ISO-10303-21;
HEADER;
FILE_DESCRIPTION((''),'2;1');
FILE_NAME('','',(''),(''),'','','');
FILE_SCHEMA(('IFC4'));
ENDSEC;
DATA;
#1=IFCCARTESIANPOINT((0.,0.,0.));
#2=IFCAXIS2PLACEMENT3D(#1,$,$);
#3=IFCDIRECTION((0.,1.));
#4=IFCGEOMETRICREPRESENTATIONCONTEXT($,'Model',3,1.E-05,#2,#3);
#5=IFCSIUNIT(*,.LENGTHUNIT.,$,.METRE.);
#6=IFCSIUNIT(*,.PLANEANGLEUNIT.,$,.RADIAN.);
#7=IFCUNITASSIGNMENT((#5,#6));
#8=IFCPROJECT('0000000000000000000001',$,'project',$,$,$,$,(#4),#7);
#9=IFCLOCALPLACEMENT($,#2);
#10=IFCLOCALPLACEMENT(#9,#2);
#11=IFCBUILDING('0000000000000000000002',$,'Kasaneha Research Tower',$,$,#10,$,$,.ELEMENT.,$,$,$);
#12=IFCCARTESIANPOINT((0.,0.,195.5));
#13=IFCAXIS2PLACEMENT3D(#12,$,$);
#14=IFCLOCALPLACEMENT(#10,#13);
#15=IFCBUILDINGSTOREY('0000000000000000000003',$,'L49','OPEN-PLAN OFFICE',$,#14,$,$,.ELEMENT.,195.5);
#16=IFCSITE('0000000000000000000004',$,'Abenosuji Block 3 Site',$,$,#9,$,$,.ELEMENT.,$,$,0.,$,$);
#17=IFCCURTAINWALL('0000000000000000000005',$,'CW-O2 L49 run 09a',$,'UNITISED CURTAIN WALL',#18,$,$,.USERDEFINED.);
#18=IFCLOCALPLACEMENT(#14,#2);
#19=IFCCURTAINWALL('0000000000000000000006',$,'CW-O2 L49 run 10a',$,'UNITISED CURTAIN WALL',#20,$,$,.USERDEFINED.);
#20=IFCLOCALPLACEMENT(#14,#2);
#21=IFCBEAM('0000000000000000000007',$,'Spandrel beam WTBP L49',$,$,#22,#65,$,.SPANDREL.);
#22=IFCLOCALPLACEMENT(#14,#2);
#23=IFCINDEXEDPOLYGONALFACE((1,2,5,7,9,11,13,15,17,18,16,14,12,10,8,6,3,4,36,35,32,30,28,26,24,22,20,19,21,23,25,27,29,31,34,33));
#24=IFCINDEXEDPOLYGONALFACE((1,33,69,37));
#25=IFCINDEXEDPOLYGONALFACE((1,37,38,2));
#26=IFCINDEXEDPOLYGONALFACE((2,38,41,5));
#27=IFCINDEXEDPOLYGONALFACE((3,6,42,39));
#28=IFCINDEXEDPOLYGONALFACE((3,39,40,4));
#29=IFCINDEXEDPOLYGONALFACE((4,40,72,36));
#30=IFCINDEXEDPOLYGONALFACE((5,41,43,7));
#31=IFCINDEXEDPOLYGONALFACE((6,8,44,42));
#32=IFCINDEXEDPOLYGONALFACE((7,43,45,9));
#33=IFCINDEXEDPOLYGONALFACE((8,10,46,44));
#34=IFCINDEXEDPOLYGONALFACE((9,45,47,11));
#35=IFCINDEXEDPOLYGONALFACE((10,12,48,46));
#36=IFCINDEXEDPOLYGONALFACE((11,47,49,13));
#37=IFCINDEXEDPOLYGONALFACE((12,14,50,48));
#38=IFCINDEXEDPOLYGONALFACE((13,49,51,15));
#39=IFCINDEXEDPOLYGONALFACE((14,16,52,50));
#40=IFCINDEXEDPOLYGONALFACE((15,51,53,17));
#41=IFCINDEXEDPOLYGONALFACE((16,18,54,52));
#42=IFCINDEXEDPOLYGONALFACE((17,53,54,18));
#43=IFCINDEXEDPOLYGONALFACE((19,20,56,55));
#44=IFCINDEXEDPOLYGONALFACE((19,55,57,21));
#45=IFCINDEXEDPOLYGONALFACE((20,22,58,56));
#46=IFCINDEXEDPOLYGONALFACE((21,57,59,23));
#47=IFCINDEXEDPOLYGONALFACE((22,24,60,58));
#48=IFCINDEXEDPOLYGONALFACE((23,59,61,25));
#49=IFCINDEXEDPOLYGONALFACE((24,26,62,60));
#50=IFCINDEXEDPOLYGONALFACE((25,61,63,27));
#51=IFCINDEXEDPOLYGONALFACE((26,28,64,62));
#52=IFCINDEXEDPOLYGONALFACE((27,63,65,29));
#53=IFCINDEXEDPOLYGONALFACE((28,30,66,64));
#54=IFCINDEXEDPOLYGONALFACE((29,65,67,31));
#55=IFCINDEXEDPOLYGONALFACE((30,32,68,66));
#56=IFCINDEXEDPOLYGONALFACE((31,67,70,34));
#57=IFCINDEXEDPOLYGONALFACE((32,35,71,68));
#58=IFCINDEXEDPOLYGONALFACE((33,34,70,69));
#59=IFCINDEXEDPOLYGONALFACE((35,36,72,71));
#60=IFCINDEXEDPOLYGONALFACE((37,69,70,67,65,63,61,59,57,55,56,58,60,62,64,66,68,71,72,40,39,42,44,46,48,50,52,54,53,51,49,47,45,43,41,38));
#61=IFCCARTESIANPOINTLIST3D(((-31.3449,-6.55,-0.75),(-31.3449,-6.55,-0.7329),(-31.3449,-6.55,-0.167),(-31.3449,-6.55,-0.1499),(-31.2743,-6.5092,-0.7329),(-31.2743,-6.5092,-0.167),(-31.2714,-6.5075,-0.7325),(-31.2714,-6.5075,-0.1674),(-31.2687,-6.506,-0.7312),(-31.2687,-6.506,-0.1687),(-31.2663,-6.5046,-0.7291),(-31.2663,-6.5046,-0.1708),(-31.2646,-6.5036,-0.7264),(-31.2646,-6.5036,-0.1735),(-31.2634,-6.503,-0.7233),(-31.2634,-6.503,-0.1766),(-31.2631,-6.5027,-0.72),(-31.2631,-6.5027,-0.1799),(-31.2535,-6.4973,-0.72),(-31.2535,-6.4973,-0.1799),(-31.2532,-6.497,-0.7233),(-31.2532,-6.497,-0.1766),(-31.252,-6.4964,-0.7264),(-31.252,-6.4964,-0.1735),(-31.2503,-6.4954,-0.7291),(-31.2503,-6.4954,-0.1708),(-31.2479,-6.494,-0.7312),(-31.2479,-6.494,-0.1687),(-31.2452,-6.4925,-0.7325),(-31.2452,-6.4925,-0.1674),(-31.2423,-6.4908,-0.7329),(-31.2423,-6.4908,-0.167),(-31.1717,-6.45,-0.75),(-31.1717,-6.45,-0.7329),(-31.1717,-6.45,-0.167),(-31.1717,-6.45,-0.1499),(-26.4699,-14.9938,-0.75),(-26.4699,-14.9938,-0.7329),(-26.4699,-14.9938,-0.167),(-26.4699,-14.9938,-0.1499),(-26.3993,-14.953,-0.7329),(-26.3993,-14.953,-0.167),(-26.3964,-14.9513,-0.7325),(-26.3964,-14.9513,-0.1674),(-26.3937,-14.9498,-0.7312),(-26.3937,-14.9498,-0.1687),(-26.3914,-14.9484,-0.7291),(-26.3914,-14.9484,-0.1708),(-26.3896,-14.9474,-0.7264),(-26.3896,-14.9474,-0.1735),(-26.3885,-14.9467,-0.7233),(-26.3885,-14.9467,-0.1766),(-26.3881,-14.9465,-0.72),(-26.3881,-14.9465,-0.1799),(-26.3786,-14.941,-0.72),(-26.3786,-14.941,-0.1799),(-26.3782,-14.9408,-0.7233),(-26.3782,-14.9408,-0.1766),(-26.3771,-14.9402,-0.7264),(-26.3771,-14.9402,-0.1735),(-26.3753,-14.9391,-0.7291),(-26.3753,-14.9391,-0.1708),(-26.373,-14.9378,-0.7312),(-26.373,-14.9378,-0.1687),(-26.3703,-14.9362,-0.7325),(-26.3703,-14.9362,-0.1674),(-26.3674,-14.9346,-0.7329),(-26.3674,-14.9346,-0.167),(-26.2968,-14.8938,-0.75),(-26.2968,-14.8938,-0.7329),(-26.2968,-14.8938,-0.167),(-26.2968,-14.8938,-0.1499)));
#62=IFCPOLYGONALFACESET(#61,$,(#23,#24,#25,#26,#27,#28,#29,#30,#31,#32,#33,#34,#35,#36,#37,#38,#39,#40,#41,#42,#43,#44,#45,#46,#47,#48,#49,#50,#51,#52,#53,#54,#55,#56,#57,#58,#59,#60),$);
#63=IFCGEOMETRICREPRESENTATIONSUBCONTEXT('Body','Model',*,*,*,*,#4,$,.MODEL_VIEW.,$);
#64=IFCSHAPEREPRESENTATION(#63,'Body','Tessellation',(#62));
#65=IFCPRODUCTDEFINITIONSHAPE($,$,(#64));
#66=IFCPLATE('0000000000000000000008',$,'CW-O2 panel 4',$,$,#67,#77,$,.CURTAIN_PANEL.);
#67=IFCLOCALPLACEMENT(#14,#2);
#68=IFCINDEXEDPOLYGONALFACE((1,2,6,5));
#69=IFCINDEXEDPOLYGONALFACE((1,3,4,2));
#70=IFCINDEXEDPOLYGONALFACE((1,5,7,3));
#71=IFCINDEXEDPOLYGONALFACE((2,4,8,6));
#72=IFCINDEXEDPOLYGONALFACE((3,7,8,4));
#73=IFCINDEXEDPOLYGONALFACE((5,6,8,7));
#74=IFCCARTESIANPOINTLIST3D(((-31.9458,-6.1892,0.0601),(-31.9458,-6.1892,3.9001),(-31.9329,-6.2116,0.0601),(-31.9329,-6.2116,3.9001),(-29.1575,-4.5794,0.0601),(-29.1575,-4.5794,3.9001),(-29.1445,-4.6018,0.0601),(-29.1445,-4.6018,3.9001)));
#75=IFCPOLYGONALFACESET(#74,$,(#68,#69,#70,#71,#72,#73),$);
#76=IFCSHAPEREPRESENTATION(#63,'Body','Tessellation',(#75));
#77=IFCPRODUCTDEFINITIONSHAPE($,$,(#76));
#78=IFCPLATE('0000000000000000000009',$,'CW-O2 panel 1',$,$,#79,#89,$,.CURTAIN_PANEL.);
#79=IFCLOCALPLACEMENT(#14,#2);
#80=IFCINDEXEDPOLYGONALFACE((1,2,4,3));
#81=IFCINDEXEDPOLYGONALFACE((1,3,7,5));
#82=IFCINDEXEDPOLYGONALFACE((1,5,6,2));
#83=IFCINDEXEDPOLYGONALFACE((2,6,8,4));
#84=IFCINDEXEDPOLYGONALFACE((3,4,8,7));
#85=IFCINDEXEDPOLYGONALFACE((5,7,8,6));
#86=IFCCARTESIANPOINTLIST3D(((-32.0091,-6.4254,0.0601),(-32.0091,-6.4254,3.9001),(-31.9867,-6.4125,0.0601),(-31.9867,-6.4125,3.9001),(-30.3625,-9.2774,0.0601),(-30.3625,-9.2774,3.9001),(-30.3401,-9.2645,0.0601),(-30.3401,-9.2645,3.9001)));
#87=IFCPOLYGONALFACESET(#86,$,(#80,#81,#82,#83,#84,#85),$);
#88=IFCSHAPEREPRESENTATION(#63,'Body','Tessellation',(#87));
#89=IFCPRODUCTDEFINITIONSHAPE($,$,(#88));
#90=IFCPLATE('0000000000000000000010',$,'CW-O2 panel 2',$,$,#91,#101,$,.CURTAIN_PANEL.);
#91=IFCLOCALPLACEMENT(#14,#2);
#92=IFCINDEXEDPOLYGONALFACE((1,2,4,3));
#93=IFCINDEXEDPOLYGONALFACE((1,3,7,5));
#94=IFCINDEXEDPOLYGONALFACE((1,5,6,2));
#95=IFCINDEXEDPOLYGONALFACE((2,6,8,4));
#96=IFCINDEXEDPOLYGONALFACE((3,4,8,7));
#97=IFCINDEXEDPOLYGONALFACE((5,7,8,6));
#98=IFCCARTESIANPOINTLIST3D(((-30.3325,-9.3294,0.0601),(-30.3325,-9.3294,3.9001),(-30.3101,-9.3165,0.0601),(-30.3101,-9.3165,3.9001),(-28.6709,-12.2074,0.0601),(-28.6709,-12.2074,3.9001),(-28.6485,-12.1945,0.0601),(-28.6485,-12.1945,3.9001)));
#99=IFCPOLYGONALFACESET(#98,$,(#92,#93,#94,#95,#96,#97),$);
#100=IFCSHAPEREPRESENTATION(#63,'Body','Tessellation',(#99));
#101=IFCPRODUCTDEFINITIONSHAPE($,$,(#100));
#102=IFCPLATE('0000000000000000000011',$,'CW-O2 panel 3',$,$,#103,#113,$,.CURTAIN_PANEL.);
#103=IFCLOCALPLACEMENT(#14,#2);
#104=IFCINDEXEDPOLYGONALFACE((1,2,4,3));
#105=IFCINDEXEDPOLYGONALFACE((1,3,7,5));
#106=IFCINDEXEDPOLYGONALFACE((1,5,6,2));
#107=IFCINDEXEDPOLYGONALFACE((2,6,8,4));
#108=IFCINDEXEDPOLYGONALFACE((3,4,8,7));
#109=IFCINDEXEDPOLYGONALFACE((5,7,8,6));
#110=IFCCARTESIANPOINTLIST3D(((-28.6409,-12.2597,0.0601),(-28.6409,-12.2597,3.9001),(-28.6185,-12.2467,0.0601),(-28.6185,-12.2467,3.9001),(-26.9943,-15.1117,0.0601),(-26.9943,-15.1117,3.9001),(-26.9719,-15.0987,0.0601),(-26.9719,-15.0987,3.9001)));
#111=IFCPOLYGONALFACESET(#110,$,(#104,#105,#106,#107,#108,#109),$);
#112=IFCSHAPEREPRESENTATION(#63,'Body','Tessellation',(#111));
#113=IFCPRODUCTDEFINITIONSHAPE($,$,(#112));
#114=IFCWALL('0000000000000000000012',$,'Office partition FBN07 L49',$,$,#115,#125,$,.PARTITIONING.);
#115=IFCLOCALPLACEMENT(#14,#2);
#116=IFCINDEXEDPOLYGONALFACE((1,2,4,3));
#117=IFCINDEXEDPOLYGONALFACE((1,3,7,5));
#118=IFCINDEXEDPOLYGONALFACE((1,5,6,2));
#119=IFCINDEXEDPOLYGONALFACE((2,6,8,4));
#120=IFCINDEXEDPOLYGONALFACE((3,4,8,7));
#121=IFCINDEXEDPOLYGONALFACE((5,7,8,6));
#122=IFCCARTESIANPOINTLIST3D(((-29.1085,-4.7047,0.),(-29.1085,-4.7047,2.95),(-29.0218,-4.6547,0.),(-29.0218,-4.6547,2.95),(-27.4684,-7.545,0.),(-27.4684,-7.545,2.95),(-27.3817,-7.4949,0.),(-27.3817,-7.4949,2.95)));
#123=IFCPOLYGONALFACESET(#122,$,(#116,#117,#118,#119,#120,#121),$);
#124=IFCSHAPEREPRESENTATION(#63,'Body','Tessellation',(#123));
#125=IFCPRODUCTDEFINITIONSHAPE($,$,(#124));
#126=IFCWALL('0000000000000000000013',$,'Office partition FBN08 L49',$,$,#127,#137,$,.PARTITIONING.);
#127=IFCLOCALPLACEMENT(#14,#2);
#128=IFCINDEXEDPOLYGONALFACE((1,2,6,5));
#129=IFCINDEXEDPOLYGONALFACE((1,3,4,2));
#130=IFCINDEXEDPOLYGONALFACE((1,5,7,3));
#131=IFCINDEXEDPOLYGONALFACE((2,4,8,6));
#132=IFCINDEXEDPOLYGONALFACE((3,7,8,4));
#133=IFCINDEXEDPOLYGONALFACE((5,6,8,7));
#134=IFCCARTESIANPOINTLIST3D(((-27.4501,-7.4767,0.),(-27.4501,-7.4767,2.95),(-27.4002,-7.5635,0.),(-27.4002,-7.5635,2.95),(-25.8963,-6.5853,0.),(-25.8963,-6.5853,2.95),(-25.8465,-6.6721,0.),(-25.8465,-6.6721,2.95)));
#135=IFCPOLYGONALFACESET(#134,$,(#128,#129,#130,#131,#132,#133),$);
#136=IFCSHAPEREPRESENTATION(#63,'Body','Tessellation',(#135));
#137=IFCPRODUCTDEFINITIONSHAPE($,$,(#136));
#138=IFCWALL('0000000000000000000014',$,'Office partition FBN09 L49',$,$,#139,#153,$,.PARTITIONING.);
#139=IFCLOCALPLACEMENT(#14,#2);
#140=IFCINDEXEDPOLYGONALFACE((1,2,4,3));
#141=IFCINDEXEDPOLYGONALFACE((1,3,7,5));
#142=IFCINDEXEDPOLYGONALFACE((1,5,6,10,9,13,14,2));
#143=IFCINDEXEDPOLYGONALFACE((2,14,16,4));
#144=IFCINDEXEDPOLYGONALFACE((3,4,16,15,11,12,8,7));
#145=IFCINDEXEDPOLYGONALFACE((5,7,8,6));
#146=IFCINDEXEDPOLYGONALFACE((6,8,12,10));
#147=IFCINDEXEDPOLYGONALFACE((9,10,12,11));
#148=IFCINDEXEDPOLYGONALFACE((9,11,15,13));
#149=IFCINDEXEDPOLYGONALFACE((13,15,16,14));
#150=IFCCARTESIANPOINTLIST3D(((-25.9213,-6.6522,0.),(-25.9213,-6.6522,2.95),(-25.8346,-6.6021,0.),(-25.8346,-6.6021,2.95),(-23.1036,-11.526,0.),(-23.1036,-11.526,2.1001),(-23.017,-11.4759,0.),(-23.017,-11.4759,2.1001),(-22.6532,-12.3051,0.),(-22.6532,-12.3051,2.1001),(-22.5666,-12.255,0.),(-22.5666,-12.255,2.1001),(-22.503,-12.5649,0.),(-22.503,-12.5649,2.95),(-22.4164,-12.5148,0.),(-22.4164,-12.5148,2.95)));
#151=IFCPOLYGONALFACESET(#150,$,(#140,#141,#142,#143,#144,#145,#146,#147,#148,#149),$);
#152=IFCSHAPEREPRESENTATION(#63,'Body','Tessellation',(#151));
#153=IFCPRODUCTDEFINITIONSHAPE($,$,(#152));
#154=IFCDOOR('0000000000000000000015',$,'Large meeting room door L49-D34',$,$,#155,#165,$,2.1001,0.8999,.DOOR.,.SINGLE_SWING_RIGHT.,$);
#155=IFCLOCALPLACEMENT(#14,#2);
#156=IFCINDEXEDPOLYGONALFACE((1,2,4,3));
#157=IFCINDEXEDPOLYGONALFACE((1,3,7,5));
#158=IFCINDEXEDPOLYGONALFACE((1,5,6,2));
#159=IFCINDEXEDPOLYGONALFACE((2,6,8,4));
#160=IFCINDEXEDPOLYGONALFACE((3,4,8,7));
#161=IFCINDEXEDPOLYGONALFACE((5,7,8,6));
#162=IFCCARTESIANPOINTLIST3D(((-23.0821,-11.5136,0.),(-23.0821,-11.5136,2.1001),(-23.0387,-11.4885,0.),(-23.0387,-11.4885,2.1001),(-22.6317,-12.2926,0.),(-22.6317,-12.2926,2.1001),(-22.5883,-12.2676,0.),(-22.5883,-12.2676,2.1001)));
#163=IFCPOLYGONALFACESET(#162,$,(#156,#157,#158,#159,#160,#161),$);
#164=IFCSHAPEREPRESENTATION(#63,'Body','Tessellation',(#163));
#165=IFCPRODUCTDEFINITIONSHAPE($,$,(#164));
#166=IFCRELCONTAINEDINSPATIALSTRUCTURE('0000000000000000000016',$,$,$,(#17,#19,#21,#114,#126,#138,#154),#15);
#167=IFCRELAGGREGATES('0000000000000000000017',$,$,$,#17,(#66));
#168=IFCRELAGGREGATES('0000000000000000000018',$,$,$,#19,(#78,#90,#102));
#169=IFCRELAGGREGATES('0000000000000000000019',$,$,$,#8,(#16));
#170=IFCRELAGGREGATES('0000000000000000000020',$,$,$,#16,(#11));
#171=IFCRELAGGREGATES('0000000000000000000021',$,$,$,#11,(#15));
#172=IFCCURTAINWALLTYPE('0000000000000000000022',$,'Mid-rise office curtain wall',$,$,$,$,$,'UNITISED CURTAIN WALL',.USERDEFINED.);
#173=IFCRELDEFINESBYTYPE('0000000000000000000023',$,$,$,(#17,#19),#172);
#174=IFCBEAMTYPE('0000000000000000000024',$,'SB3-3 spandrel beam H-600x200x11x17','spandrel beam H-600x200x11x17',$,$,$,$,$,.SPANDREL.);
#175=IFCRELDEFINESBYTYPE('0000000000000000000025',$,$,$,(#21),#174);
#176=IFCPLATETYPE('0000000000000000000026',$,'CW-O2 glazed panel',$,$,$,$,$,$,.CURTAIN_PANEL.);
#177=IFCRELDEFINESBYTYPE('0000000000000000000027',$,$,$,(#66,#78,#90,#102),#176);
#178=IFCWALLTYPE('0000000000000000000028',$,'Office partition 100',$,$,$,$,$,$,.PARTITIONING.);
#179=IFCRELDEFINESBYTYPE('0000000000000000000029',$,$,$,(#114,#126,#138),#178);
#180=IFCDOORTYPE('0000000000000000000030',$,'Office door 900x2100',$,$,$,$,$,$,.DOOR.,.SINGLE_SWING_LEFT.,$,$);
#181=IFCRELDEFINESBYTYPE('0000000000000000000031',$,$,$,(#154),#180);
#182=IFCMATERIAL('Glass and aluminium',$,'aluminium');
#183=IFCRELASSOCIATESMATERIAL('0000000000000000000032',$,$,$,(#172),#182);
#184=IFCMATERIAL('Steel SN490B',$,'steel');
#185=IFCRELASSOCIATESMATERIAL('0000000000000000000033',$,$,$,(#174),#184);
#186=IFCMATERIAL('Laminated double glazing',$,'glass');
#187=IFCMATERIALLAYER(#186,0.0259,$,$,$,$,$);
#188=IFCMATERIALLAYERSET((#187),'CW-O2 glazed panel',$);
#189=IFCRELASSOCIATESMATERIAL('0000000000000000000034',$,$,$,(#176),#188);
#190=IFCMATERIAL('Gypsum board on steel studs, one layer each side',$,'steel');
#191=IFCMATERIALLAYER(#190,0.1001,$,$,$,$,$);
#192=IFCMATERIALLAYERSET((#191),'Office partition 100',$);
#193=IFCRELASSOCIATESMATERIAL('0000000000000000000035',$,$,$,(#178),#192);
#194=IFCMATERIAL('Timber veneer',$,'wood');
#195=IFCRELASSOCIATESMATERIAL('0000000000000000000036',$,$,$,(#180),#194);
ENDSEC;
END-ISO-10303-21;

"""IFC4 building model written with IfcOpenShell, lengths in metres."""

from ifc_helpers import new_model, si_unit, direction, frame, frame_2d, origin, origin_2d, place, context, subcontext, project, spatial, rectangle, i_section, extrude, material, layer, layer_set, material_profile, profile_set, type_object, element, fill, aggregate, save


model = new_model("IFC4")

# Units and contexts
model_context = context("Model", 3, precision=1e-05, world=origin(), true_north=direction((0.0, 1.0)))
body_context = subcontext(model_context, "Body", "Model", "MODEL_VIEW")
ifc_project = project(units=[si_unit("LENGTHUNIT", "METRE"), si_unit("PLANEANGLEUNIT", "RADIAN")], contexts=[model_context])

# Site, building, storey
site_placement = place(None, origin())
site = spatial("IfcSite", under=ifc_project, at=site_placement, Name="Abenosuji Block 3 Site", CompositionType="ELEMENT", RefElevation=0.0)
building_placement = place(site_placement, origin())
building = spatial("IfcBuilding", under=site, at=building_placement, Name="Kasaneha Research Tower", CompositionType="ELEMENT")
storey_placement = place(building_placement, frame((0.0, 0.0, 195.5)))
storey = spatial("IfcBuildingStorey", under=building, at=storey_placement, Name="L49", Description="OPEN-PLAN OFFICE", CompositionType="ELEMENT", Elevation=195.5)

# Curtain walls
ifc_material_1 = material(Name="Glass and aluminium", Category="aluminium")
curtain_wall_type = type_object("IfcCurtainWallType", Name="Mid-rise office curtain wall", ElementType="UNITISED CURTAIN WALL", PredefinedType="USERDEFINED", material=ifc_material_1)
curtain_wall_1_placement = place(storey_placement, origin())
curtain_wall_1 = element("IfcCurtainWall", 1, at=curtain_wall_1_placement, inside=storey, type_object=curtain_wall_type, Name="CW-O2 L49 run 09a", ObjectType="UNITISED CURTAIN WALL", PredefinedType="USERDEFINED")
curtain_wall_2_placement = place(storey_placement, origin())
curtain_wall_2 = element("IfcCurtainWall", 2, at=curtain_wall_2_placement, inside=storey, type_object=curtain_wall_type, Name="CW-O2 L49 run 10a", ObjectType="UNITISED CURTAIN WALL", PredefinedType="USERDEFINED")

# Beam
ifc_material_2 = material(Name="Steel SN490B", Category="steel")
ifc_material_profile_1 = material_profile(ifc_material_2, i_section(OverallWidth=0.2, OverallDepth=0.6001, WebThickness=0.011, FlangeThickness=0.0171, FilletRadius=0.0129, at=origin_2d()), Name="H-600x200x11x17")
ifc_profile_set_1 = profile_set([ifc_material_profile_1], Name="Steel SN490B")
beam_type_1 = type_object("IfcBeamType", Name="SB3-3 spandrel beam H-600x200x11x17", Description="spandrel beam H-600x200x11x17", PredefinedType="SPANDREL", material=ifc_profile_set_1)
beam_1_placement = place(storey_placement, frame((-31.2583, -6.5, -0.45), z_axis=(0.499996, -0.866028, 0.0), x_axis=(0.866028, 0.499996, 0.0)))
element("IfcBeam", 3, at=beam_1_placement, inside=storey, type_object=beam_type_1, Name="Spandrel beam WTBP L49", PredefinedType="SPANDREL", context=body_context, shape_type="SweptSolid", body=[
    extrude(i_section(OverallWidth=0.2, OverallDepth=0.6001, WebThickness=0.011, FlangeThickness=0.0171, FilletRadius=0.0129, at=origin_2d()), origin(), (0.0, 0.0, 1.0), 9.75),
])

# Plates
ifc_material_3 = material(Name="Laminated double glazing", Category="glass")
ifc_layer_1 = layer(ifc_material_3, 0.0259)
ifc_layer_set_1 = layer_set([ifc_layer_1], Name="CW-O2 glazed panel")
plate_type = type_object("IfcPlateType", Name="CW-O2 glazed panel", PredefinedType="CURTAIN_PANEL", material=ifc_layer_set_1)
plate_1_placement = place(storey_placement, frame((-30.5452, -5.3955, 0.0601), z_axis=(0.0, 0.0, 1.0), x_axis=(-0.866025, -0.5, 0.0)))
plate_1 = element("IfcPlate", 4, at=plate_1_placement, type_object=plate_type, Name="CW-O2 panel 4", PredefinedType="CURTAIN_PANEL", context=body_context, shape_type="SweptSolid", body=[
    extrude(rectangle(XDim=3.2197, YDim=0.0259, at=origin_2d()), origin(), (0.0, 0.0, 1.0), 3.8401),
])
aggregate(curtain_wall_1, [plate_1])
plate_2_placement = place(storey_placement, frame((-31.1746, -7.845, 0.0601), z_axis=(0.0, 0.0, 1.0), x_axis=(0.5, -0.866025, 0.0)))
plate_2 = element("IfcPlate", 5, at=plate_2_placement, type_object=plate_type, Name="CW-O2 panel 1", PredefinedType="CURTAIN_PANEL", context=body_context, shape_type="SweptSolid", body=[
    extrude(rectangle(XDim=3.2932, YDim=0.0259, at=origin_2d()), origin(), (0.0, 0.0, 1.0), 3.8401),
])
plate_3_placement = place(storey_placement, frame((-29.4905, -10.762, 0.0601), z_axis=(0.0, 0.0, 1.0), x_axis=(0.5, -0.866025, 0.0)))
plate_3 = element("IfcPlate", 6, at=plate_3_placement, type_object=plate_type, Name="CW-O2 panel 2", PredefinedType="CURTAIN_PANEL", context=body_context, shape_type="SweptSolid", body=[
    extrude(rectangle(XDim=3.3232, YDim=0.0259, at=origin_2d()), origin(), (0.0, 0.0, 1.0), 3.8401),
])
plate_4_placement = place(storey_placement, frame((-27.8064, -13.6792, 0.0601), z_axis=(0.0, 0.0, 1.0), x_axis=(0.5, -0.866025, 0.0)))
plate_4 = element("IfcPlate", 7, at=plate_4_placement, type_object=plate_type, Name="CW-O2 panel 3", PredefinedType="CURTAIN_PANEL", context=body_context, shape_type="SweptSolid", body=[
    extrude(rectangle(XDim=3.2932, YDim=0.0259, at=origin_2d()), origin(), (0.0, 0.0, 1.0), 3.8401),
])
aggregate(curtain_wall_2, [plate_2, plate_3, plate_4])

# Walls
ifc_material_4 = material(Name="Gypsum board on steel studs, one layer each side", Category="steel")
ifc_layer_2 = layer(ifc_material_4, 0.1001)
ifc_layer_set_2 = layer_set([ifc_layer_2], Name="Office partition 100")
wall_type_1 = type_object("IfcWallType", Name="Office partition 100", PredefinedType="PARTITIONING", material=ifc_layer_set_2)
wall_1_placement = place(storey_placement, frame((-29.0652, -4.6797, 0.0), z_axis=(0.0, 0.0, 1.0), x_axis=(0.500062, -0.86599, 0.0)))
element("IfcWall", 8, at=wall_1_placement, inside=storey, type_object=wall_type_1, Name="Office partition FBN07 L49", PredefinedType="PARTITIONING", context=body_context, shape_type="SweptSolid", body=[
    extrude(rectangle(XDim=3.2798, YDim=0.1001, at=frame_2d((1.6399, 0.0))), origin(), (0.0, 0.0, 1.0), 2.95),
])
wall_2_placement = place(storey_placement, frame((-27.425, -7.52, 0.0), z_axis=(0.0, 0.0, 1.0), x_axis=(0.867395, 0.497621, 0.0)))
element("IfcWall", 9, at=wall_2_placement, inside=storey, type_object=wall_type_1, Name="Office partition FBN08 L49", PredefinedType="PARTITIONING", context=body_context, shape_type="SweptSolid", body=[
    extrude(rectangle(XDim=1.7913, YDim=0.1001, at=frame_2d((0.8955, 0.0))), origin(), (0.0, 0.0, 1.0), 2.95),
])

# Wall, opening, door
wall_3_placement = place(storey_placement, frame((-25.8779, -6.6272, 0.0), z_axis=(0.0, 0.0, 1.0), x_axis=(0.500502, -0.865735, 0.0)))
wall_3 = element("IfcWall", 10, at=wall_3_placement, inside=storey, type_object=wall_type_1, Name="Office partition FBN09 L49", PredefinedType="PARTITIONING", context=body_context, shape_type="SweptSolid", body=[
    extrude(rectangle(XDim=6.8296, YDim=0.1001, at=frame_2d((3.4148, 0.0))), origin(), (0.0, 0.0, 1.0), 2.95),
])
opening_1_placement = place(wall_3_placement, frame((5.6296, 0.0, 0.0)))
opening_1 = element("IfcOpeningElement", 11, at=opening_1_placement, cuts=wall_3, PredefinedType="OPENING", context=body_context, shape_type="SweptSolid", body=[
    extrude(rectangle(XDim=0.8999, YDim=2.1001, at=frame_2d((0.45, 1.05))), frame((0.0, 0.0601, 0.0), z_axis=(0.0, -1.0, 0.0), x_axis=(1.0, 0.0, 0.0)), (0.0, 0.0, 1.0), 0.1201),
])
ifc_material_5 = material(Name="Timber veneer", Category="wood")
door_type_1 = type_object("IfcDoorType", Name="Office door 900x2100", OperationType="SINGLE_SWING_LEFT", PredefinedType="DOOR", material=ifc_material_5)
door_1_placement = place(opening_1_placement, origin())
door_1 = element("IfcDoor", 12, at=door_1_placement, inside=storey, type_object=door_type_1, Name="Large meeting room door L49-D34", OperationType="SINGLE_SWING_RIGHT", OverallHeight=2.1001, OverallWidth=0.8999, PredefinedType="DOOR", context=body_context, shape_type="SweptSolid", body=[
    extrude(rectangle(XDim=0.8999, YDim=2.1001, at=frame_2d((0.45, 1.05))), frame((0.0, 0.0249, 0.0), z_axis=(0.0, -1.0, 0.0), x_axis=(1.0, 0.0, 0.0)), (0.0, 0.0, 1.0), 0.05),
])
fill(opening_1, door_1)

save(model, "model.ifc")
